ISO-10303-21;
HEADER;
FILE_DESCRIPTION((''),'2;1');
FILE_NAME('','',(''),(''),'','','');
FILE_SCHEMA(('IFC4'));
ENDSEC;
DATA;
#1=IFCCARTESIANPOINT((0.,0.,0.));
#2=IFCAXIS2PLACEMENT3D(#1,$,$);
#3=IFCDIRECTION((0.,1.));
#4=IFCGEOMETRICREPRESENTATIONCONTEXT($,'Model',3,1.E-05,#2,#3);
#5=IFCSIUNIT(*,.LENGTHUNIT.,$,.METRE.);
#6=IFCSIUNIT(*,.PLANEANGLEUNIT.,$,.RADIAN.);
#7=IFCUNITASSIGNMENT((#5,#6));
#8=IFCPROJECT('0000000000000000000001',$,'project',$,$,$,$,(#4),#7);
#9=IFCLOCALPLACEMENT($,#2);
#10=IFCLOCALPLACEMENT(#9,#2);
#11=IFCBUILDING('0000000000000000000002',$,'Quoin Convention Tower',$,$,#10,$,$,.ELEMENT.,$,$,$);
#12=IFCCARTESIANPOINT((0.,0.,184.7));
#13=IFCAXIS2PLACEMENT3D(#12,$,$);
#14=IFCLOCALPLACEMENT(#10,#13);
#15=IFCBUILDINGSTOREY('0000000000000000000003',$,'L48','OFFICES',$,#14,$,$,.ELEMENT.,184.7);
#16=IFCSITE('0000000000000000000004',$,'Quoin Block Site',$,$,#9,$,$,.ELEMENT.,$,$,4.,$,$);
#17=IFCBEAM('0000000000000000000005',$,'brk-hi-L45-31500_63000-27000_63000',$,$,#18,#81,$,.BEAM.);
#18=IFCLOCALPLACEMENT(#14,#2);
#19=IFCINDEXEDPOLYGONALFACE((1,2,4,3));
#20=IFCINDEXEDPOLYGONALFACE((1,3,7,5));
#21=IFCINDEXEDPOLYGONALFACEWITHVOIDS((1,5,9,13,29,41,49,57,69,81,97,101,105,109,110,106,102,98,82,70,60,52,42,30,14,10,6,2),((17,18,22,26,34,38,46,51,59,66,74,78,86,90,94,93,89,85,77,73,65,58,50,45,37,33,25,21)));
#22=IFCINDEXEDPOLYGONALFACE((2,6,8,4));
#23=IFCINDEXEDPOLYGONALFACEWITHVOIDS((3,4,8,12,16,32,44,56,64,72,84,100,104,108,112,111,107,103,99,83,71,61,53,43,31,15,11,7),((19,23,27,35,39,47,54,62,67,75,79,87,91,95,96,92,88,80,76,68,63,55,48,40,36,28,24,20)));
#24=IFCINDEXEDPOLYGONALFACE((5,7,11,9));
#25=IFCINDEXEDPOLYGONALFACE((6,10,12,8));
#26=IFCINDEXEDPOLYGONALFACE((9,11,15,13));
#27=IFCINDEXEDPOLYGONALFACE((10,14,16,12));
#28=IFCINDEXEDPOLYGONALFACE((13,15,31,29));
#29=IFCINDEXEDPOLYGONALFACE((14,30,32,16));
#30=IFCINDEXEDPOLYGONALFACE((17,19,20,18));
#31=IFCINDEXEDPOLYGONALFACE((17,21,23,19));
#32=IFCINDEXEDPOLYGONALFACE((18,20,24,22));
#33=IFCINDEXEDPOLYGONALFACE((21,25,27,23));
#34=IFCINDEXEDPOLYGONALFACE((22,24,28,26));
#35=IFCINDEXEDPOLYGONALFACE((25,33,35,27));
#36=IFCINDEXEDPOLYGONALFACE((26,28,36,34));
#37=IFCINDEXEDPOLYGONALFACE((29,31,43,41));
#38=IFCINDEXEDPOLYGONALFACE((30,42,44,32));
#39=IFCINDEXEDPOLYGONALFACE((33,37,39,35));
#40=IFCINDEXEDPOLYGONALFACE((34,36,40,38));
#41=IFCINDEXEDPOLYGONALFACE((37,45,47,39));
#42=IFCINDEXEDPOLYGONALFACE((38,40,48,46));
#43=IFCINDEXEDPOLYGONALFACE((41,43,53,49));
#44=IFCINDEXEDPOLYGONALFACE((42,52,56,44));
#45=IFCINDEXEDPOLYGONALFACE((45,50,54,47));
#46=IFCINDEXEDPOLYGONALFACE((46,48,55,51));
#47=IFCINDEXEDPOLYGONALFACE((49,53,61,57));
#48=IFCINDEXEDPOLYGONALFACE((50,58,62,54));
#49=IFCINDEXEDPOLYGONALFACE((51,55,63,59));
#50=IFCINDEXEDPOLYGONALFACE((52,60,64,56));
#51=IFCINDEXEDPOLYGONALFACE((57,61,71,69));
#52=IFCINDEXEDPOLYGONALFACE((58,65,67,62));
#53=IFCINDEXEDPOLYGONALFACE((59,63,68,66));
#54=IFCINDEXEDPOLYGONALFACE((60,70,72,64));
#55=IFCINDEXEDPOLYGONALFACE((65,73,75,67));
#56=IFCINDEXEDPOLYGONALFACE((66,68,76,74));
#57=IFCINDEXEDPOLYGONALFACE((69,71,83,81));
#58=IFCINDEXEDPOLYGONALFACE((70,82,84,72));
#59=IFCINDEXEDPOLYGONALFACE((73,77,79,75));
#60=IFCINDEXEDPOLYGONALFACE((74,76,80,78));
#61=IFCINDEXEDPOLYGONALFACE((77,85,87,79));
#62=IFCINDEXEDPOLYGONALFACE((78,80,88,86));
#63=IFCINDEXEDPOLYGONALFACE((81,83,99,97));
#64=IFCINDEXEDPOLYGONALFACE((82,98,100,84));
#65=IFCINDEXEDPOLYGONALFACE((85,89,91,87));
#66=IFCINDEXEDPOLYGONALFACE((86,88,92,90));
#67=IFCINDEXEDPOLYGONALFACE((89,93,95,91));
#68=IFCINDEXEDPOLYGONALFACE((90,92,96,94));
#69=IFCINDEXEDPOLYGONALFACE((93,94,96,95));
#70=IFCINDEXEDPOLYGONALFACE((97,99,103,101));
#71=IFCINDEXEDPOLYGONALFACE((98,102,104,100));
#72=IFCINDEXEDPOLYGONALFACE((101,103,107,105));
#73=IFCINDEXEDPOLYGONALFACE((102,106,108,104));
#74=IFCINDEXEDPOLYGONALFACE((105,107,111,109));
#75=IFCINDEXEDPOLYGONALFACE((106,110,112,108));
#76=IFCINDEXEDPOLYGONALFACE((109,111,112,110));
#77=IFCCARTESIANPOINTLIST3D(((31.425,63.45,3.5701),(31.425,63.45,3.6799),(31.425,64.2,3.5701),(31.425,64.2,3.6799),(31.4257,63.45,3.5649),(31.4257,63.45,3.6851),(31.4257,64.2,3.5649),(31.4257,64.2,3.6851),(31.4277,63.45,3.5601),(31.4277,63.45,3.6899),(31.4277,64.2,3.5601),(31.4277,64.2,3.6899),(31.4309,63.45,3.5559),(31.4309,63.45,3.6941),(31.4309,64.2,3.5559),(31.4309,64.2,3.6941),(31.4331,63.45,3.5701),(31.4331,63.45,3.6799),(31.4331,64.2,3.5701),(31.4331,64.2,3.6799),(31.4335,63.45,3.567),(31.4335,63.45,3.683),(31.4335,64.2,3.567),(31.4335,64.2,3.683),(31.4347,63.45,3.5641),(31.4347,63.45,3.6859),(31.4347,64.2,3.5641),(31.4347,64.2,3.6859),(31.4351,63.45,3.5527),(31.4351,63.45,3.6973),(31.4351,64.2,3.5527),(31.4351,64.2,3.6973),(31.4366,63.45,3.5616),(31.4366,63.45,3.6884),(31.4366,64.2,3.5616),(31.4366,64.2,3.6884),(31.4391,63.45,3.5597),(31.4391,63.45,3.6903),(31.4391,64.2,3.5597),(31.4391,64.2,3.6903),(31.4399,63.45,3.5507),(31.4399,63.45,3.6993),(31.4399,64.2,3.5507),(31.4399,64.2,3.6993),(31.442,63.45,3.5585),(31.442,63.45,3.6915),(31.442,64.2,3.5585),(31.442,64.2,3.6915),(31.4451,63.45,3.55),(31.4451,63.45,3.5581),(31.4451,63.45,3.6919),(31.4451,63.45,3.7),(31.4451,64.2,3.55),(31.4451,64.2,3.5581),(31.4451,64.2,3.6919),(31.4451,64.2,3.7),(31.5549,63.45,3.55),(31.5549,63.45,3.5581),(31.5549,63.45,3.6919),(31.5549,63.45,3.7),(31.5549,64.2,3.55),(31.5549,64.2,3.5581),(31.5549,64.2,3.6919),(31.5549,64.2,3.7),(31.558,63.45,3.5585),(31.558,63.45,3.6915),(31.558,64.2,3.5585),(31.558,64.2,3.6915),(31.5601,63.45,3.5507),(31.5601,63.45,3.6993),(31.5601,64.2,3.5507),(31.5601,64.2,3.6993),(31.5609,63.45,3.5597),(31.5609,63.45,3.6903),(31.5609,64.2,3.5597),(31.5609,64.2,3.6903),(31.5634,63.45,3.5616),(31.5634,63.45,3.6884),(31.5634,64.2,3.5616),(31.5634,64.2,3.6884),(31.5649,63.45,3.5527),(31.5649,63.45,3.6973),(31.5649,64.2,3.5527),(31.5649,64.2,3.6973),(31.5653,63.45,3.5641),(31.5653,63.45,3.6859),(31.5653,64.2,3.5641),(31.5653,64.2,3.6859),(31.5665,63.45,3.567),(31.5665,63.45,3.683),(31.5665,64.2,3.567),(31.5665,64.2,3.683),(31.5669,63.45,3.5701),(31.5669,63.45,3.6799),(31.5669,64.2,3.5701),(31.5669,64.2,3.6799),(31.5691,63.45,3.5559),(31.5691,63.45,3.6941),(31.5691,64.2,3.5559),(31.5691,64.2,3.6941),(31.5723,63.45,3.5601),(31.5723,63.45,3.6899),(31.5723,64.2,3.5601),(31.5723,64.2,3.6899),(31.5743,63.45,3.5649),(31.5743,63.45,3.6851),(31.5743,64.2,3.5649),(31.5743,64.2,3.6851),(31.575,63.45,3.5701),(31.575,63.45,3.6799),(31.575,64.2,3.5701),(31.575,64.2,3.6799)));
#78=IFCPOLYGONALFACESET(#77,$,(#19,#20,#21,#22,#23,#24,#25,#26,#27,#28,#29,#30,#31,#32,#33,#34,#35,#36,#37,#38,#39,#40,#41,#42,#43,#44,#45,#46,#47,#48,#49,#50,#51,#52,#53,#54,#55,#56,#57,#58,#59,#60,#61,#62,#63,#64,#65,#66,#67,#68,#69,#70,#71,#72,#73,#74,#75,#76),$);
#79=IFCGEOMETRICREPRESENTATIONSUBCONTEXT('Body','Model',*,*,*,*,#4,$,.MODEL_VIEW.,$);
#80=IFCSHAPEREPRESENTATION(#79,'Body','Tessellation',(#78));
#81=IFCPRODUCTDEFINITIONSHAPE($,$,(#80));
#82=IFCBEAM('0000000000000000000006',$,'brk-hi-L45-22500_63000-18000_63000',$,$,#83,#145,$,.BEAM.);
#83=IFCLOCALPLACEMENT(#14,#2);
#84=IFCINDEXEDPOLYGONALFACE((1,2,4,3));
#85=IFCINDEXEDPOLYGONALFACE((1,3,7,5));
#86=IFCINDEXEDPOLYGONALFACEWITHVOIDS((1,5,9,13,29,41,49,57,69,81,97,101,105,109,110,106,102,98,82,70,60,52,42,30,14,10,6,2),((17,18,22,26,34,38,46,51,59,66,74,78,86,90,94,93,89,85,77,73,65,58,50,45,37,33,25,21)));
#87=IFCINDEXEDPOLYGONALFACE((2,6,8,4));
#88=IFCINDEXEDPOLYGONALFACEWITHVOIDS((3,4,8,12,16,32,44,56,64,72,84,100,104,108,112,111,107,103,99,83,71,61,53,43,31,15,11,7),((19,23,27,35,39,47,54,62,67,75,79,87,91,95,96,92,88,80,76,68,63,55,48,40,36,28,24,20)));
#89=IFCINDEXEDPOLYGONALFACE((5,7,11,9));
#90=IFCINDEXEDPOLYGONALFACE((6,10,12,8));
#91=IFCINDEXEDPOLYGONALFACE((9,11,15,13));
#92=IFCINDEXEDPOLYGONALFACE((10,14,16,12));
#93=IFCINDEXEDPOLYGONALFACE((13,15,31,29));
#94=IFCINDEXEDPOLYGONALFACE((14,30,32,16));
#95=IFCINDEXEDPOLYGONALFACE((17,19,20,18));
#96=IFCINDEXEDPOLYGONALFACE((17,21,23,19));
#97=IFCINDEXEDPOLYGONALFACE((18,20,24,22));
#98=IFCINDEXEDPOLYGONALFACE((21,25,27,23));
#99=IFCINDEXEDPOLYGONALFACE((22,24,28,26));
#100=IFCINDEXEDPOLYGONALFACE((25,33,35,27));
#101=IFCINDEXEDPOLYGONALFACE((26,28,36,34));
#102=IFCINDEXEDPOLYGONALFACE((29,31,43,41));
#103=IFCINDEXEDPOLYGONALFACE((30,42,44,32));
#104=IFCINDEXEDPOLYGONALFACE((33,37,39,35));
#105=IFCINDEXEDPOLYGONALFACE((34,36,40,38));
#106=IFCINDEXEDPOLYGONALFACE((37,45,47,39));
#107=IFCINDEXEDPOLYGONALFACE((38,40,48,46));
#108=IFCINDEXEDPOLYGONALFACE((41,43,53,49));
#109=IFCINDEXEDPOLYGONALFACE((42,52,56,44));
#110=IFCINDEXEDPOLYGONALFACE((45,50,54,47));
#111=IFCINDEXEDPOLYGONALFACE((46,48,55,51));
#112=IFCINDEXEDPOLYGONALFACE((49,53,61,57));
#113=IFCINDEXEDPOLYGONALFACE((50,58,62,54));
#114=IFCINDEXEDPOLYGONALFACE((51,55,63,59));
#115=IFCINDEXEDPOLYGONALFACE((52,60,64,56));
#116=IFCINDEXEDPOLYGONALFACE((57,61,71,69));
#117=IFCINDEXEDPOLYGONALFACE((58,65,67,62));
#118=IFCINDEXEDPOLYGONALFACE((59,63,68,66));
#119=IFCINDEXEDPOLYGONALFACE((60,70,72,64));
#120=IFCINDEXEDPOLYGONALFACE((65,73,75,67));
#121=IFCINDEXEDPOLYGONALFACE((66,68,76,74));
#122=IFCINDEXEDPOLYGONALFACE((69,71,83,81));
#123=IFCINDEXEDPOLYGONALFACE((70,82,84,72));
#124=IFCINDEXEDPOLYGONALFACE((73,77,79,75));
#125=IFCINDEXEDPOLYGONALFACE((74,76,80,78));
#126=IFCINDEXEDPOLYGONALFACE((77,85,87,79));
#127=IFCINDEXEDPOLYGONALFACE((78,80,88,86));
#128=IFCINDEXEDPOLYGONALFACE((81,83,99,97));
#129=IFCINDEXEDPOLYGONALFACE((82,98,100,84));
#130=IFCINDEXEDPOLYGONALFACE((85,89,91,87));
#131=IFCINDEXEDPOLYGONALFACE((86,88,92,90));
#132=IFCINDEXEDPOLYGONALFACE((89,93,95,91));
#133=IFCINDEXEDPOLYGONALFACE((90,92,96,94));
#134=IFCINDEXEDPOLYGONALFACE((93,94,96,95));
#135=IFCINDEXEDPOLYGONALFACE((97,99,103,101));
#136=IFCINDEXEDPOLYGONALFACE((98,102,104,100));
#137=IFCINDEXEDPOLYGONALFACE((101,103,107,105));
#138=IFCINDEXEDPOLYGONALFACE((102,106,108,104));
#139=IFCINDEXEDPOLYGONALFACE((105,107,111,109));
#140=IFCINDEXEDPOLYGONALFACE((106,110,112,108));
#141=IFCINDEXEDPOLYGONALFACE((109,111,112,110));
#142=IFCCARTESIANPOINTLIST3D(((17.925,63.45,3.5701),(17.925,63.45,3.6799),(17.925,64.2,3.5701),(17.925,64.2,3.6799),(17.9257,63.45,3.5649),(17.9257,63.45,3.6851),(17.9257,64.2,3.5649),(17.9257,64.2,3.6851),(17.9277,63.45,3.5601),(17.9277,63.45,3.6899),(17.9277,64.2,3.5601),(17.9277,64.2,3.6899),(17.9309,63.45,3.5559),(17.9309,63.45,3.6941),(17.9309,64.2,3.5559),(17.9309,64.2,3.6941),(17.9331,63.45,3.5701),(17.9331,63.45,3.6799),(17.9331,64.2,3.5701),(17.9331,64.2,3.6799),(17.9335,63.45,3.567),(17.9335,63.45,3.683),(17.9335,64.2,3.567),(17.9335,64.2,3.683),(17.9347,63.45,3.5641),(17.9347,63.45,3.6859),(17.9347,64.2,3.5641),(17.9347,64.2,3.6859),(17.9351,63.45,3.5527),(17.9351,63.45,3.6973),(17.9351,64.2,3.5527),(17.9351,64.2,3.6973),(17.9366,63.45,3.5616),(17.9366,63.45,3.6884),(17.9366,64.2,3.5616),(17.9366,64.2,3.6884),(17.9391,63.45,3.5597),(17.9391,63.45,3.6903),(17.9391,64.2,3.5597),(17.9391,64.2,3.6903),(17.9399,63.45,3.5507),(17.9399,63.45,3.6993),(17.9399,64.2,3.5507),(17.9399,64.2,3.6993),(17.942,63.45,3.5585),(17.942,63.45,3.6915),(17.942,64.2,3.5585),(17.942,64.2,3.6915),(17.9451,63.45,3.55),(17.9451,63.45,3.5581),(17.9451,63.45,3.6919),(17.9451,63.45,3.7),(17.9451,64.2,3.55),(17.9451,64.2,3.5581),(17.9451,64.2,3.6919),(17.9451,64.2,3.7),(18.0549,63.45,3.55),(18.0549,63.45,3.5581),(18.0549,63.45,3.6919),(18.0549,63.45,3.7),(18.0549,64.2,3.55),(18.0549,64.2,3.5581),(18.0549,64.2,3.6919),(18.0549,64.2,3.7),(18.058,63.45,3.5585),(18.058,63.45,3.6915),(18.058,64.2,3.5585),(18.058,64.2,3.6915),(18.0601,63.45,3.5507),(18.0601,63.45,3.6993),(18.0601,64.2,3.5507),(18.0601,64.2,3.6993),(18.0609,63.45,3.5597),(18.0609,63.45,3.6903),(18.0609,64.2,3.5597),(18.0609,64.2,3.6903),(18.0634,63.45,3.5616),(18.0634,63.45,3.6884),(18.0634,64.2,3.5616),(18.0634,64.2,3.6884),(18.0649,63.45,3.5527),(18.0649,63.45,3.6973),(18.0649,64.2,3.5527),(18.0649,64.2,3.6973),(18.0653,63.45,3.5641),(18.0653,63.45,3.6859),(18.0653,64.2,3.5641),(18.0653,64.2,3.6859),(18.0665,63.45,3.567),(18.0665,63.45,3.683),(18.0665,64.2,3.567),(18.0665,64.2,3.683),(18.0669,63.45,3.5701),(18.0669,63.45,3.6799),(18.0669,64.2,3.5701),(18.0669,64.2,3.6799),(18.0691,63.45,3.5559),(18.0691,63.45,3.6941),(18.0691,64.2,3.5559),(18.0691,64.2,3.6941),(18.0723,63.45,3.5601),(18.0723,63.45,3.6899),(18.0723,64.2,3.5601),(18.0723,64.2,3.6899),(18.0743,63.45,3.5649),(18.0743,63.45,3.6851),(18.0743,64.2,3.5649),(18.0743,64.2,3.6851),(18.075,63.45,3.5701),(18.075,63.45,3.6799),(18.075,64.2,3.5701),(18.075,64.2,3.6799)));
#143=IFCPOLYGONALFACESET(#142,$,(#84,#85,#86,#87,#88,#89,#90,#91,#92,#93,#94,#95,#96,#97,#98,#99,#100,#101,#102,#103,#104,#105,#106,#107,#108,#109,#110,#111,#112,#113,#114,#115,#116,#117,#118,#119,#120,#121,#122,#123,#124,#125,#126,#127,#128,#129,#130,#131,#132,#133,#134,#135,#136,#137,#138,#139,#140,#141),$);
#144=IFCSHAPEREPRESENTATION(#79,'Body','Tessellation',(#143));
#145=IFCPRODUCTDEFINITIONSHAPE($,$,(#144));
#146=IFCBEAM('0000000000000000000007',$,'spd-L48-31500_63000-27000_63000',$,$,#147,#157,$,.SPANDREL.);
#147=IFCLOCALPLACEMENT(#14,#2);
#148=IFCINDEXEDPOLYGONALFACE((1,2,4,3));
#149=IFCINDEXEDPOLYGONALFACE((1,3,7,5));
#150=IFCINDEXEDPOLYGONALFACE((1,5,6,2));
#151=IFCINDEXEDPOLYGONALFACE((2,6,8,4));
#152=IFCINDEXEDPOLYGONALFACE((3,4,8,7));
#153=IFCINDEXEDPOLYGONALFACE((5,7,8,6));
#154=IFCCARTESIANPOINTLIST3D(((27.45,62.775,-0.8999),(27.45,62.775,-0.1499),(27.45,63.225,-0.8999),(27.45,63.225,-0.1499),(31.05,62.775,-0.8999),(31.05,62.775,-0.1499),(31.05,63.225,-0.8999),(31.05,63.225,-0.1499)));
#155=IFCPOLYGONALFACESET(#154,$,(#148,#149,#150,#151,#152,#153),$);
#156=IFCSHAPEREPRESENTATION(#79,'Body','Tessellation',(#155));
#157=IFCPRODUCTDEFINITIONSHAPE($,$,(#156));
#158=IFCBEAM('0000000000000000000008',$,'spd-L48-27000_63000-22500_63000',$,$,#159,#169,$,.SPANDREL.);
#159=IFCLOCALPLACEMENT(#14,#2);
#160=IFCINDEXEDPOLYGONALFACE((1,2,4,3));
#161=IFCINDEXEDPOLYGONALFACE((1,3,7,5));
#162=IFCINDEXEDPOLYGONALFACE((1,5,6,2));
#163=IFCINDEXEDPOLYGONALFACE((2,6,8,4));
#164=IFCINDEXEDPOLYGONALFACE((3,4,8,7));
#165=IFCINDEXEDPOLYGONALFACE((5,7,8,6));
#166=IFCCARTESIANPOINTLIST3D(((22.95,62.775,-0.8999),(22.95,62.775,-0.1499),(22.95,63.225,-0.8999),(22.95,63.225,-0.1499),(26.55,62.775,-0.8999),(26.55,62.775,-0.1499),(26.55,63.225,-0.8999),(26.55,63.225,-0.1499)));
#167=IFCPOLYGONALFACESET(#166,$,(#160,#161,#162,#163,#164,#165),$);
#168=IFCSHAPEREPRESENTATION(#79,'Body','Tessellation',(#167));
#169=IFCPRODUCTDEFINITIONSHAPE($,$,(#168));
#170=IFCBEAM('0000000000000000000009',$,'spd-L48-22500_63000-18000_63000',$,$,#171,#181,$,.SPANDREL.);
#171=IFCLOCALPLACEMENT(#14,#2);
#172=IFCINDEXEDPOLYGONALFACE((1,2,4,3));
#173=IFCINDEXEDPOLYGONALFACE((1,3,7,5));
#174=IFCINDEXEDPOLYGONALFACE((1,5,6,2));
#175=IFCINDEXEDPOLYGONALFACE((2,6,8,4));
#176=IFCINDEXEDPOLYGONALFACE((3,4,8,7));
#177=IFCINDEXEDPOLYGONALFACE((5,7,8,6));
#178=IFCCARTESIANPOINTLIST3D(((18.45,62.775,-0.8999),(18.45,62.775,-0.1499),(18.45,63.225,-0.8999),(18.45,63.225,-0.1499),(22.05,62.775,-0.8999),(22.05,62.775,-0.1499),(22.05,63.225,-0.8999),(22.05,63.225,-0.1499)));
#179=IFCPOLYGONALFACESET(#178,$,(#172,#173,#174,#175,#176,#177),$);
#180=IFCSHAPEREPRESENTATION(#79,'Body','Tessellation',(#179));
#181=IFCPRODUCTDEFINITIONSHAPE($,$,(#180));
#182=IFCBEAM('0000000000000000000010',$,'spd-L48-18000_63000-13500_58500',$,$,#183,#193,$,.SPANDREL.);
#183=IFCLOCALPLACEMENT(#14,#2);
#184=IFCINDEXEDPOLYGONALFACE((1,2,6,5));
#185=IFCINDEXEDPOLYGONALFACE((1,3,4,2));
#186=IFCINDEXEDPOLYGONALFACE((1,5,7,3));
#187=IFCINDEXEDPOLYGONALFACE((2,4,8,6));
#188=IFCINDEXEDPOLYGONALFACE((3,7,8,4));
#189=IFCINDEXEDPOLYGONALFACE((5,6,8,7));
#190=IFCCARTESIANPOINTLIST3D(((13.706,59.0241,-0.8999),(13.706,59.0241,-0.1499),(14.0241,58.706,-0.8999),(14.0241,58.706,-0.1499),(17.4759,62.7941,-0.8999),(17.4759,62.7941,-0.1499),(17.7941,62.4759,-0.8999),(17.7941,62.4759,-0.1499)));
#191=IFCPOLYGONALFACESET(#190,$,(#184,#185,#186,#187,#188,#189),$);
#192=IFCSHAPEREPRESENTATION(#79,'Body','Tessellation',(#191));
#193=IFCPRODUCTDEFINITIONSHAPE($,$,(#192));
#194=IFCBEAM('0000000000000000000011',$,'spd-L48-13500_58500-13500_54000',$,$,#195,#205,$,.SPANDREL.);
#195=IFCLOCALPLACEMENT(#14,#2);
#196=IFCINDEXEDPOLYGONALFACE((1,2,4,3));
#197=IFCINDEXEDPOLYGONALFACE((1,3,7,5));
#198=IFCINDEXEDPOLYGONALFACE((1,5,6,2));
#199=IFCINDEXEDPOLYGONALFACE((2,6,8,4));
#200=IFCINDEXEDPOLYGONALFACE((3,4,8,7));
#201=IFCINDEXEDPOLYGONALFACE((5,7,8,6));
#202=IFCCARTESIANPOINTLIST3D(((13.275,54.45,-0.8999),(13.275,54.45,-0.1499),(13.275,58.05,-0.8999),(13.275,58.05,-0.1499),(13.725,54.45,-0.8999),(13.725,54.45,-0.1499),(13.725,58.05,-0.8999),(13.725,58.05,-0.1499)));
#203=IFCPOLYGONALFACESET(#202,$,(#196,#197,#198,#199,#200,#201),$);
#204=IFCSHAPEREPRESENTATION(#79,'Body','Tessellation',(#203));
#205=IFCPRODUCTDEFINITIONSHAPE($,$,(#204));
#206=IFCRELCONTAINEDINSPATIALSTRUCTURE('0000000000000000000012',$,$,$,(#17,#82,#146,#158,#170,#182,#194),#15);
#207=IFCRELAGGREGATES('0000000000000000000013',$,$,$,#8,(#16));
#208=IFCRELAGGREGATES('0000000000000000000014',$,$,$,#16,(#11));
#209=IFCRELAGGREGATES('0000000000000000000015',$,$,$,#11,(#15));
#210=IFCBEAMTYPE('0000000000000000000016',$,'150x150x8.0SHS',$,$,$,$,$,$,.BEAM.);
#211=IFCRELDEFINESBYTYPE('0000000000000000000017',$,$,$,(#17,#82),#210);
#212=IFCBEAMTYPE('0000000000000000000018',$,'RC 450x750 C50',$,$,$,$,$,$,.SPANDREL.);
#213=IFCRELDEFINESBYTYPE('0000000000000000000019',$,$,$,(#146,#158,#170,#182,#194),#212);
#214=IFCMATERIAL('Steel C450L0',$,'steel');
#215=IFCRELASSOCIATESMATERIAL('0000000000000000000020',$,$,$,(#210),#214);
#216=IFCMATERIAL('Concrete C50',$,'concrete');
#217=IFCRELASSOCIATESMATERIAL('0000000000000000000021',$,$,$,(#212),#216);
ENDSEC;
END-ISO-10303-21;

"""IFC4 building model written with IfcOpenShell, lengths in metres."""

from ifc_helpers import new_model, si_unit, direction, frame, origin, origin_2d, place, context, subcontext, project, spatial, rectangle, hollow_rectangle, extrude, material, material_profile, profile_set, type_object, element, save


model = new_model("IFC4")

# Units and contexts
model_context = context("Model", 3, precision=1e-05, world=origin(), true_north=direction((0.0, 1.0)))
body_context = subcontext(model_context, "Body", "Model", "MODEL_VIEW")
ifc_project = project(units=[si_unit("LENGTHUNIT", "METRE"), si_unit("PLANEANGLEUNIT", "RADIAN")], contexts=[model_context])

# Site, building, storey
site_placement = place(None, origin())
site = spatial("IfcSite", under=ifc_project, at=site_placement, Name="Quoin Block Site", CompositionType="ELEMENT", RefElevation=4.0)
building_placement = place(site_placement, origin())
building = spatial("IfcBuilding", under=site, at=building_placement, Name="Quoin Convention Tower", CompositionType="ELEMENT")
storey_placement = place(building_placement, frame((0.0, 0.0, 184.7)))
storey = spatial("IfcBuildingStorey", under=building, at=storey_placement, Name="L48", Description="OFFICES", CompositionType="ELEMENT", Elevation=184.7)

# Shared definitions
ifc_material_1 = material(Name="Concrete C50", Category="concrete")

# Beams
ifc_material_2 = material(Name="Steel C450L0", Category="steel")
ifc_material_profile_1 = material_profile(ifc_material_2, hollow_rectangle(XDim=0.1499, YDim=0.1499, WallThickness=0.0081, InnerFilletRadius=0.012, OuterFilletRadius=0.02, at=origin_2d()), Name="150x150x8.0SHS")
ifc_profile_set_1 = profile_set([ifc_material_profile_1], Name="Steel C450L0")
beam_type_1 = type_object("IfcBeamType", Name="150x150x8.0SHS", PredefinedType="BEAM", material=ifc_profile_set_1)
for number, where, z_axis, x_axis, name in (
    (1, (31.5, 63.45, 3.625), (0.0, 1.0, 0.0), (-1.0, 0.0, 0.0), "brk-hi-L45-31500_63000-27000_63000"),
    (2, (18.0, 63.45, 3.625), (0.0, 1.0, 0.0), (-1.0, 0.0, 0.0), "brk-hi-L45-22500_63000-18000_63000"),
):
    element("IfcBeam", number, at=place(storey_placement, frame(where, z_axis=z_axis, x_axis=x_axis)), inside=storey, type_object=beam_type_1, Name=name, PredefinedType="BEAM", context=body_context, shape_type="SweptSolid", body=[
        extrude(hollow_rectangle(XDim=0.1499, YDim=0.1499, WallThickness=0.0081, InnerFilletRadius=0.012, OuterFilletRadius=0.02, at=origin_2d()), origin(), (0.0, 0.0, 1.0), 0.75),
    ])
ifc_material_profile_2 = material_profile(ifc_material_1, rectangle(XDim=0.45, YDim=0.75, at=origin_2d()), Name="RC 450x750")
ifc_profile_set_2 = profile_set([ifc_material_profile_2], Name="Concrete C50")
beam_type_2 = type_object("IfcBeamType", Name="RC 450x750 C50", PredefinedType="SPANDREL", material=ifc_profile_set_2)
for number, where, z_axis, x_axis, name in (
    (3, (31.05, 63.0, -0.5249), (-1.0, 0.0, 0.0), (0.0, -1.0, 0.0), "spd-L48-31500_63000-27000_63000"),
    (4, (26.55, 63.0, -0.5249), (-1.0, 0.0, 0.0), (0.0, -1.0, 0.0), "spd-L48-27000_63000-22500_63000"),
    (5, (22.05, 63.0, -0.5249), (-1.0, 0.0, 0.0), (0.0, -1.0, 0.0), "spd-L48-22500_63000-18000_63000"),
):
    element("IfcBeam", number, at=place(storey_placement, frame(where, z_axis=z_axis, x_axis=x_axis)), inside=storey, type_object=beam_type_2, Name=name, PredefinedType="SPANDREL", context=body_context, shape_type="SweptSolid", body=[
        extrude(rectangle(XDim=0.45, YDim=0.75, at=origin_2d()), origin(), (0.0, 0.0, 1.0), 3.6001),
    ])
beam_1_placement = place(storey_placement, frame((17.635, 62.635, -0.5249), z_axis=(-0.707107, -0.707107, 0.0), x_axis=(0.707107, -0.707107, 0.0)))
element("IfcBeam", 6, at=beam_1_placement, inside=storey, type_object=beam_type_2, Name="spd-L48-18000_63000-13500_58500", PredefinedType="SPANDREL", context=body_context, shape_type="SweptSolid", body=[
    extrude(rectangle(XDim=0.45, YDim=0.75, at=origin_2d()), origin(), (0.0, 0.0, 1.0), 5.3315),
])
beam_2_placement = place(storey_placement, frame((13.5, 58.05, -0.5249), z_axis=(0.0, -1.0, 0.0), x_axis=(1.0, 0.0, 0.0)))
element("IfcBeam", 7, at=beam_2_placement, inside=storey, type_object=beam_type_2, Name="spd-L48-13500_58500-13500_54000", PredefinedType="SPANDREL", context=body_context, shape_type="SweptSolid", body=[
    extrude(rectangle(XDim=0.45, YDim=0.75, at=origin_2d()), origin(), (0.0, 0.0, 1.0), 3.6001),
])

save(model, "model.ifc")
